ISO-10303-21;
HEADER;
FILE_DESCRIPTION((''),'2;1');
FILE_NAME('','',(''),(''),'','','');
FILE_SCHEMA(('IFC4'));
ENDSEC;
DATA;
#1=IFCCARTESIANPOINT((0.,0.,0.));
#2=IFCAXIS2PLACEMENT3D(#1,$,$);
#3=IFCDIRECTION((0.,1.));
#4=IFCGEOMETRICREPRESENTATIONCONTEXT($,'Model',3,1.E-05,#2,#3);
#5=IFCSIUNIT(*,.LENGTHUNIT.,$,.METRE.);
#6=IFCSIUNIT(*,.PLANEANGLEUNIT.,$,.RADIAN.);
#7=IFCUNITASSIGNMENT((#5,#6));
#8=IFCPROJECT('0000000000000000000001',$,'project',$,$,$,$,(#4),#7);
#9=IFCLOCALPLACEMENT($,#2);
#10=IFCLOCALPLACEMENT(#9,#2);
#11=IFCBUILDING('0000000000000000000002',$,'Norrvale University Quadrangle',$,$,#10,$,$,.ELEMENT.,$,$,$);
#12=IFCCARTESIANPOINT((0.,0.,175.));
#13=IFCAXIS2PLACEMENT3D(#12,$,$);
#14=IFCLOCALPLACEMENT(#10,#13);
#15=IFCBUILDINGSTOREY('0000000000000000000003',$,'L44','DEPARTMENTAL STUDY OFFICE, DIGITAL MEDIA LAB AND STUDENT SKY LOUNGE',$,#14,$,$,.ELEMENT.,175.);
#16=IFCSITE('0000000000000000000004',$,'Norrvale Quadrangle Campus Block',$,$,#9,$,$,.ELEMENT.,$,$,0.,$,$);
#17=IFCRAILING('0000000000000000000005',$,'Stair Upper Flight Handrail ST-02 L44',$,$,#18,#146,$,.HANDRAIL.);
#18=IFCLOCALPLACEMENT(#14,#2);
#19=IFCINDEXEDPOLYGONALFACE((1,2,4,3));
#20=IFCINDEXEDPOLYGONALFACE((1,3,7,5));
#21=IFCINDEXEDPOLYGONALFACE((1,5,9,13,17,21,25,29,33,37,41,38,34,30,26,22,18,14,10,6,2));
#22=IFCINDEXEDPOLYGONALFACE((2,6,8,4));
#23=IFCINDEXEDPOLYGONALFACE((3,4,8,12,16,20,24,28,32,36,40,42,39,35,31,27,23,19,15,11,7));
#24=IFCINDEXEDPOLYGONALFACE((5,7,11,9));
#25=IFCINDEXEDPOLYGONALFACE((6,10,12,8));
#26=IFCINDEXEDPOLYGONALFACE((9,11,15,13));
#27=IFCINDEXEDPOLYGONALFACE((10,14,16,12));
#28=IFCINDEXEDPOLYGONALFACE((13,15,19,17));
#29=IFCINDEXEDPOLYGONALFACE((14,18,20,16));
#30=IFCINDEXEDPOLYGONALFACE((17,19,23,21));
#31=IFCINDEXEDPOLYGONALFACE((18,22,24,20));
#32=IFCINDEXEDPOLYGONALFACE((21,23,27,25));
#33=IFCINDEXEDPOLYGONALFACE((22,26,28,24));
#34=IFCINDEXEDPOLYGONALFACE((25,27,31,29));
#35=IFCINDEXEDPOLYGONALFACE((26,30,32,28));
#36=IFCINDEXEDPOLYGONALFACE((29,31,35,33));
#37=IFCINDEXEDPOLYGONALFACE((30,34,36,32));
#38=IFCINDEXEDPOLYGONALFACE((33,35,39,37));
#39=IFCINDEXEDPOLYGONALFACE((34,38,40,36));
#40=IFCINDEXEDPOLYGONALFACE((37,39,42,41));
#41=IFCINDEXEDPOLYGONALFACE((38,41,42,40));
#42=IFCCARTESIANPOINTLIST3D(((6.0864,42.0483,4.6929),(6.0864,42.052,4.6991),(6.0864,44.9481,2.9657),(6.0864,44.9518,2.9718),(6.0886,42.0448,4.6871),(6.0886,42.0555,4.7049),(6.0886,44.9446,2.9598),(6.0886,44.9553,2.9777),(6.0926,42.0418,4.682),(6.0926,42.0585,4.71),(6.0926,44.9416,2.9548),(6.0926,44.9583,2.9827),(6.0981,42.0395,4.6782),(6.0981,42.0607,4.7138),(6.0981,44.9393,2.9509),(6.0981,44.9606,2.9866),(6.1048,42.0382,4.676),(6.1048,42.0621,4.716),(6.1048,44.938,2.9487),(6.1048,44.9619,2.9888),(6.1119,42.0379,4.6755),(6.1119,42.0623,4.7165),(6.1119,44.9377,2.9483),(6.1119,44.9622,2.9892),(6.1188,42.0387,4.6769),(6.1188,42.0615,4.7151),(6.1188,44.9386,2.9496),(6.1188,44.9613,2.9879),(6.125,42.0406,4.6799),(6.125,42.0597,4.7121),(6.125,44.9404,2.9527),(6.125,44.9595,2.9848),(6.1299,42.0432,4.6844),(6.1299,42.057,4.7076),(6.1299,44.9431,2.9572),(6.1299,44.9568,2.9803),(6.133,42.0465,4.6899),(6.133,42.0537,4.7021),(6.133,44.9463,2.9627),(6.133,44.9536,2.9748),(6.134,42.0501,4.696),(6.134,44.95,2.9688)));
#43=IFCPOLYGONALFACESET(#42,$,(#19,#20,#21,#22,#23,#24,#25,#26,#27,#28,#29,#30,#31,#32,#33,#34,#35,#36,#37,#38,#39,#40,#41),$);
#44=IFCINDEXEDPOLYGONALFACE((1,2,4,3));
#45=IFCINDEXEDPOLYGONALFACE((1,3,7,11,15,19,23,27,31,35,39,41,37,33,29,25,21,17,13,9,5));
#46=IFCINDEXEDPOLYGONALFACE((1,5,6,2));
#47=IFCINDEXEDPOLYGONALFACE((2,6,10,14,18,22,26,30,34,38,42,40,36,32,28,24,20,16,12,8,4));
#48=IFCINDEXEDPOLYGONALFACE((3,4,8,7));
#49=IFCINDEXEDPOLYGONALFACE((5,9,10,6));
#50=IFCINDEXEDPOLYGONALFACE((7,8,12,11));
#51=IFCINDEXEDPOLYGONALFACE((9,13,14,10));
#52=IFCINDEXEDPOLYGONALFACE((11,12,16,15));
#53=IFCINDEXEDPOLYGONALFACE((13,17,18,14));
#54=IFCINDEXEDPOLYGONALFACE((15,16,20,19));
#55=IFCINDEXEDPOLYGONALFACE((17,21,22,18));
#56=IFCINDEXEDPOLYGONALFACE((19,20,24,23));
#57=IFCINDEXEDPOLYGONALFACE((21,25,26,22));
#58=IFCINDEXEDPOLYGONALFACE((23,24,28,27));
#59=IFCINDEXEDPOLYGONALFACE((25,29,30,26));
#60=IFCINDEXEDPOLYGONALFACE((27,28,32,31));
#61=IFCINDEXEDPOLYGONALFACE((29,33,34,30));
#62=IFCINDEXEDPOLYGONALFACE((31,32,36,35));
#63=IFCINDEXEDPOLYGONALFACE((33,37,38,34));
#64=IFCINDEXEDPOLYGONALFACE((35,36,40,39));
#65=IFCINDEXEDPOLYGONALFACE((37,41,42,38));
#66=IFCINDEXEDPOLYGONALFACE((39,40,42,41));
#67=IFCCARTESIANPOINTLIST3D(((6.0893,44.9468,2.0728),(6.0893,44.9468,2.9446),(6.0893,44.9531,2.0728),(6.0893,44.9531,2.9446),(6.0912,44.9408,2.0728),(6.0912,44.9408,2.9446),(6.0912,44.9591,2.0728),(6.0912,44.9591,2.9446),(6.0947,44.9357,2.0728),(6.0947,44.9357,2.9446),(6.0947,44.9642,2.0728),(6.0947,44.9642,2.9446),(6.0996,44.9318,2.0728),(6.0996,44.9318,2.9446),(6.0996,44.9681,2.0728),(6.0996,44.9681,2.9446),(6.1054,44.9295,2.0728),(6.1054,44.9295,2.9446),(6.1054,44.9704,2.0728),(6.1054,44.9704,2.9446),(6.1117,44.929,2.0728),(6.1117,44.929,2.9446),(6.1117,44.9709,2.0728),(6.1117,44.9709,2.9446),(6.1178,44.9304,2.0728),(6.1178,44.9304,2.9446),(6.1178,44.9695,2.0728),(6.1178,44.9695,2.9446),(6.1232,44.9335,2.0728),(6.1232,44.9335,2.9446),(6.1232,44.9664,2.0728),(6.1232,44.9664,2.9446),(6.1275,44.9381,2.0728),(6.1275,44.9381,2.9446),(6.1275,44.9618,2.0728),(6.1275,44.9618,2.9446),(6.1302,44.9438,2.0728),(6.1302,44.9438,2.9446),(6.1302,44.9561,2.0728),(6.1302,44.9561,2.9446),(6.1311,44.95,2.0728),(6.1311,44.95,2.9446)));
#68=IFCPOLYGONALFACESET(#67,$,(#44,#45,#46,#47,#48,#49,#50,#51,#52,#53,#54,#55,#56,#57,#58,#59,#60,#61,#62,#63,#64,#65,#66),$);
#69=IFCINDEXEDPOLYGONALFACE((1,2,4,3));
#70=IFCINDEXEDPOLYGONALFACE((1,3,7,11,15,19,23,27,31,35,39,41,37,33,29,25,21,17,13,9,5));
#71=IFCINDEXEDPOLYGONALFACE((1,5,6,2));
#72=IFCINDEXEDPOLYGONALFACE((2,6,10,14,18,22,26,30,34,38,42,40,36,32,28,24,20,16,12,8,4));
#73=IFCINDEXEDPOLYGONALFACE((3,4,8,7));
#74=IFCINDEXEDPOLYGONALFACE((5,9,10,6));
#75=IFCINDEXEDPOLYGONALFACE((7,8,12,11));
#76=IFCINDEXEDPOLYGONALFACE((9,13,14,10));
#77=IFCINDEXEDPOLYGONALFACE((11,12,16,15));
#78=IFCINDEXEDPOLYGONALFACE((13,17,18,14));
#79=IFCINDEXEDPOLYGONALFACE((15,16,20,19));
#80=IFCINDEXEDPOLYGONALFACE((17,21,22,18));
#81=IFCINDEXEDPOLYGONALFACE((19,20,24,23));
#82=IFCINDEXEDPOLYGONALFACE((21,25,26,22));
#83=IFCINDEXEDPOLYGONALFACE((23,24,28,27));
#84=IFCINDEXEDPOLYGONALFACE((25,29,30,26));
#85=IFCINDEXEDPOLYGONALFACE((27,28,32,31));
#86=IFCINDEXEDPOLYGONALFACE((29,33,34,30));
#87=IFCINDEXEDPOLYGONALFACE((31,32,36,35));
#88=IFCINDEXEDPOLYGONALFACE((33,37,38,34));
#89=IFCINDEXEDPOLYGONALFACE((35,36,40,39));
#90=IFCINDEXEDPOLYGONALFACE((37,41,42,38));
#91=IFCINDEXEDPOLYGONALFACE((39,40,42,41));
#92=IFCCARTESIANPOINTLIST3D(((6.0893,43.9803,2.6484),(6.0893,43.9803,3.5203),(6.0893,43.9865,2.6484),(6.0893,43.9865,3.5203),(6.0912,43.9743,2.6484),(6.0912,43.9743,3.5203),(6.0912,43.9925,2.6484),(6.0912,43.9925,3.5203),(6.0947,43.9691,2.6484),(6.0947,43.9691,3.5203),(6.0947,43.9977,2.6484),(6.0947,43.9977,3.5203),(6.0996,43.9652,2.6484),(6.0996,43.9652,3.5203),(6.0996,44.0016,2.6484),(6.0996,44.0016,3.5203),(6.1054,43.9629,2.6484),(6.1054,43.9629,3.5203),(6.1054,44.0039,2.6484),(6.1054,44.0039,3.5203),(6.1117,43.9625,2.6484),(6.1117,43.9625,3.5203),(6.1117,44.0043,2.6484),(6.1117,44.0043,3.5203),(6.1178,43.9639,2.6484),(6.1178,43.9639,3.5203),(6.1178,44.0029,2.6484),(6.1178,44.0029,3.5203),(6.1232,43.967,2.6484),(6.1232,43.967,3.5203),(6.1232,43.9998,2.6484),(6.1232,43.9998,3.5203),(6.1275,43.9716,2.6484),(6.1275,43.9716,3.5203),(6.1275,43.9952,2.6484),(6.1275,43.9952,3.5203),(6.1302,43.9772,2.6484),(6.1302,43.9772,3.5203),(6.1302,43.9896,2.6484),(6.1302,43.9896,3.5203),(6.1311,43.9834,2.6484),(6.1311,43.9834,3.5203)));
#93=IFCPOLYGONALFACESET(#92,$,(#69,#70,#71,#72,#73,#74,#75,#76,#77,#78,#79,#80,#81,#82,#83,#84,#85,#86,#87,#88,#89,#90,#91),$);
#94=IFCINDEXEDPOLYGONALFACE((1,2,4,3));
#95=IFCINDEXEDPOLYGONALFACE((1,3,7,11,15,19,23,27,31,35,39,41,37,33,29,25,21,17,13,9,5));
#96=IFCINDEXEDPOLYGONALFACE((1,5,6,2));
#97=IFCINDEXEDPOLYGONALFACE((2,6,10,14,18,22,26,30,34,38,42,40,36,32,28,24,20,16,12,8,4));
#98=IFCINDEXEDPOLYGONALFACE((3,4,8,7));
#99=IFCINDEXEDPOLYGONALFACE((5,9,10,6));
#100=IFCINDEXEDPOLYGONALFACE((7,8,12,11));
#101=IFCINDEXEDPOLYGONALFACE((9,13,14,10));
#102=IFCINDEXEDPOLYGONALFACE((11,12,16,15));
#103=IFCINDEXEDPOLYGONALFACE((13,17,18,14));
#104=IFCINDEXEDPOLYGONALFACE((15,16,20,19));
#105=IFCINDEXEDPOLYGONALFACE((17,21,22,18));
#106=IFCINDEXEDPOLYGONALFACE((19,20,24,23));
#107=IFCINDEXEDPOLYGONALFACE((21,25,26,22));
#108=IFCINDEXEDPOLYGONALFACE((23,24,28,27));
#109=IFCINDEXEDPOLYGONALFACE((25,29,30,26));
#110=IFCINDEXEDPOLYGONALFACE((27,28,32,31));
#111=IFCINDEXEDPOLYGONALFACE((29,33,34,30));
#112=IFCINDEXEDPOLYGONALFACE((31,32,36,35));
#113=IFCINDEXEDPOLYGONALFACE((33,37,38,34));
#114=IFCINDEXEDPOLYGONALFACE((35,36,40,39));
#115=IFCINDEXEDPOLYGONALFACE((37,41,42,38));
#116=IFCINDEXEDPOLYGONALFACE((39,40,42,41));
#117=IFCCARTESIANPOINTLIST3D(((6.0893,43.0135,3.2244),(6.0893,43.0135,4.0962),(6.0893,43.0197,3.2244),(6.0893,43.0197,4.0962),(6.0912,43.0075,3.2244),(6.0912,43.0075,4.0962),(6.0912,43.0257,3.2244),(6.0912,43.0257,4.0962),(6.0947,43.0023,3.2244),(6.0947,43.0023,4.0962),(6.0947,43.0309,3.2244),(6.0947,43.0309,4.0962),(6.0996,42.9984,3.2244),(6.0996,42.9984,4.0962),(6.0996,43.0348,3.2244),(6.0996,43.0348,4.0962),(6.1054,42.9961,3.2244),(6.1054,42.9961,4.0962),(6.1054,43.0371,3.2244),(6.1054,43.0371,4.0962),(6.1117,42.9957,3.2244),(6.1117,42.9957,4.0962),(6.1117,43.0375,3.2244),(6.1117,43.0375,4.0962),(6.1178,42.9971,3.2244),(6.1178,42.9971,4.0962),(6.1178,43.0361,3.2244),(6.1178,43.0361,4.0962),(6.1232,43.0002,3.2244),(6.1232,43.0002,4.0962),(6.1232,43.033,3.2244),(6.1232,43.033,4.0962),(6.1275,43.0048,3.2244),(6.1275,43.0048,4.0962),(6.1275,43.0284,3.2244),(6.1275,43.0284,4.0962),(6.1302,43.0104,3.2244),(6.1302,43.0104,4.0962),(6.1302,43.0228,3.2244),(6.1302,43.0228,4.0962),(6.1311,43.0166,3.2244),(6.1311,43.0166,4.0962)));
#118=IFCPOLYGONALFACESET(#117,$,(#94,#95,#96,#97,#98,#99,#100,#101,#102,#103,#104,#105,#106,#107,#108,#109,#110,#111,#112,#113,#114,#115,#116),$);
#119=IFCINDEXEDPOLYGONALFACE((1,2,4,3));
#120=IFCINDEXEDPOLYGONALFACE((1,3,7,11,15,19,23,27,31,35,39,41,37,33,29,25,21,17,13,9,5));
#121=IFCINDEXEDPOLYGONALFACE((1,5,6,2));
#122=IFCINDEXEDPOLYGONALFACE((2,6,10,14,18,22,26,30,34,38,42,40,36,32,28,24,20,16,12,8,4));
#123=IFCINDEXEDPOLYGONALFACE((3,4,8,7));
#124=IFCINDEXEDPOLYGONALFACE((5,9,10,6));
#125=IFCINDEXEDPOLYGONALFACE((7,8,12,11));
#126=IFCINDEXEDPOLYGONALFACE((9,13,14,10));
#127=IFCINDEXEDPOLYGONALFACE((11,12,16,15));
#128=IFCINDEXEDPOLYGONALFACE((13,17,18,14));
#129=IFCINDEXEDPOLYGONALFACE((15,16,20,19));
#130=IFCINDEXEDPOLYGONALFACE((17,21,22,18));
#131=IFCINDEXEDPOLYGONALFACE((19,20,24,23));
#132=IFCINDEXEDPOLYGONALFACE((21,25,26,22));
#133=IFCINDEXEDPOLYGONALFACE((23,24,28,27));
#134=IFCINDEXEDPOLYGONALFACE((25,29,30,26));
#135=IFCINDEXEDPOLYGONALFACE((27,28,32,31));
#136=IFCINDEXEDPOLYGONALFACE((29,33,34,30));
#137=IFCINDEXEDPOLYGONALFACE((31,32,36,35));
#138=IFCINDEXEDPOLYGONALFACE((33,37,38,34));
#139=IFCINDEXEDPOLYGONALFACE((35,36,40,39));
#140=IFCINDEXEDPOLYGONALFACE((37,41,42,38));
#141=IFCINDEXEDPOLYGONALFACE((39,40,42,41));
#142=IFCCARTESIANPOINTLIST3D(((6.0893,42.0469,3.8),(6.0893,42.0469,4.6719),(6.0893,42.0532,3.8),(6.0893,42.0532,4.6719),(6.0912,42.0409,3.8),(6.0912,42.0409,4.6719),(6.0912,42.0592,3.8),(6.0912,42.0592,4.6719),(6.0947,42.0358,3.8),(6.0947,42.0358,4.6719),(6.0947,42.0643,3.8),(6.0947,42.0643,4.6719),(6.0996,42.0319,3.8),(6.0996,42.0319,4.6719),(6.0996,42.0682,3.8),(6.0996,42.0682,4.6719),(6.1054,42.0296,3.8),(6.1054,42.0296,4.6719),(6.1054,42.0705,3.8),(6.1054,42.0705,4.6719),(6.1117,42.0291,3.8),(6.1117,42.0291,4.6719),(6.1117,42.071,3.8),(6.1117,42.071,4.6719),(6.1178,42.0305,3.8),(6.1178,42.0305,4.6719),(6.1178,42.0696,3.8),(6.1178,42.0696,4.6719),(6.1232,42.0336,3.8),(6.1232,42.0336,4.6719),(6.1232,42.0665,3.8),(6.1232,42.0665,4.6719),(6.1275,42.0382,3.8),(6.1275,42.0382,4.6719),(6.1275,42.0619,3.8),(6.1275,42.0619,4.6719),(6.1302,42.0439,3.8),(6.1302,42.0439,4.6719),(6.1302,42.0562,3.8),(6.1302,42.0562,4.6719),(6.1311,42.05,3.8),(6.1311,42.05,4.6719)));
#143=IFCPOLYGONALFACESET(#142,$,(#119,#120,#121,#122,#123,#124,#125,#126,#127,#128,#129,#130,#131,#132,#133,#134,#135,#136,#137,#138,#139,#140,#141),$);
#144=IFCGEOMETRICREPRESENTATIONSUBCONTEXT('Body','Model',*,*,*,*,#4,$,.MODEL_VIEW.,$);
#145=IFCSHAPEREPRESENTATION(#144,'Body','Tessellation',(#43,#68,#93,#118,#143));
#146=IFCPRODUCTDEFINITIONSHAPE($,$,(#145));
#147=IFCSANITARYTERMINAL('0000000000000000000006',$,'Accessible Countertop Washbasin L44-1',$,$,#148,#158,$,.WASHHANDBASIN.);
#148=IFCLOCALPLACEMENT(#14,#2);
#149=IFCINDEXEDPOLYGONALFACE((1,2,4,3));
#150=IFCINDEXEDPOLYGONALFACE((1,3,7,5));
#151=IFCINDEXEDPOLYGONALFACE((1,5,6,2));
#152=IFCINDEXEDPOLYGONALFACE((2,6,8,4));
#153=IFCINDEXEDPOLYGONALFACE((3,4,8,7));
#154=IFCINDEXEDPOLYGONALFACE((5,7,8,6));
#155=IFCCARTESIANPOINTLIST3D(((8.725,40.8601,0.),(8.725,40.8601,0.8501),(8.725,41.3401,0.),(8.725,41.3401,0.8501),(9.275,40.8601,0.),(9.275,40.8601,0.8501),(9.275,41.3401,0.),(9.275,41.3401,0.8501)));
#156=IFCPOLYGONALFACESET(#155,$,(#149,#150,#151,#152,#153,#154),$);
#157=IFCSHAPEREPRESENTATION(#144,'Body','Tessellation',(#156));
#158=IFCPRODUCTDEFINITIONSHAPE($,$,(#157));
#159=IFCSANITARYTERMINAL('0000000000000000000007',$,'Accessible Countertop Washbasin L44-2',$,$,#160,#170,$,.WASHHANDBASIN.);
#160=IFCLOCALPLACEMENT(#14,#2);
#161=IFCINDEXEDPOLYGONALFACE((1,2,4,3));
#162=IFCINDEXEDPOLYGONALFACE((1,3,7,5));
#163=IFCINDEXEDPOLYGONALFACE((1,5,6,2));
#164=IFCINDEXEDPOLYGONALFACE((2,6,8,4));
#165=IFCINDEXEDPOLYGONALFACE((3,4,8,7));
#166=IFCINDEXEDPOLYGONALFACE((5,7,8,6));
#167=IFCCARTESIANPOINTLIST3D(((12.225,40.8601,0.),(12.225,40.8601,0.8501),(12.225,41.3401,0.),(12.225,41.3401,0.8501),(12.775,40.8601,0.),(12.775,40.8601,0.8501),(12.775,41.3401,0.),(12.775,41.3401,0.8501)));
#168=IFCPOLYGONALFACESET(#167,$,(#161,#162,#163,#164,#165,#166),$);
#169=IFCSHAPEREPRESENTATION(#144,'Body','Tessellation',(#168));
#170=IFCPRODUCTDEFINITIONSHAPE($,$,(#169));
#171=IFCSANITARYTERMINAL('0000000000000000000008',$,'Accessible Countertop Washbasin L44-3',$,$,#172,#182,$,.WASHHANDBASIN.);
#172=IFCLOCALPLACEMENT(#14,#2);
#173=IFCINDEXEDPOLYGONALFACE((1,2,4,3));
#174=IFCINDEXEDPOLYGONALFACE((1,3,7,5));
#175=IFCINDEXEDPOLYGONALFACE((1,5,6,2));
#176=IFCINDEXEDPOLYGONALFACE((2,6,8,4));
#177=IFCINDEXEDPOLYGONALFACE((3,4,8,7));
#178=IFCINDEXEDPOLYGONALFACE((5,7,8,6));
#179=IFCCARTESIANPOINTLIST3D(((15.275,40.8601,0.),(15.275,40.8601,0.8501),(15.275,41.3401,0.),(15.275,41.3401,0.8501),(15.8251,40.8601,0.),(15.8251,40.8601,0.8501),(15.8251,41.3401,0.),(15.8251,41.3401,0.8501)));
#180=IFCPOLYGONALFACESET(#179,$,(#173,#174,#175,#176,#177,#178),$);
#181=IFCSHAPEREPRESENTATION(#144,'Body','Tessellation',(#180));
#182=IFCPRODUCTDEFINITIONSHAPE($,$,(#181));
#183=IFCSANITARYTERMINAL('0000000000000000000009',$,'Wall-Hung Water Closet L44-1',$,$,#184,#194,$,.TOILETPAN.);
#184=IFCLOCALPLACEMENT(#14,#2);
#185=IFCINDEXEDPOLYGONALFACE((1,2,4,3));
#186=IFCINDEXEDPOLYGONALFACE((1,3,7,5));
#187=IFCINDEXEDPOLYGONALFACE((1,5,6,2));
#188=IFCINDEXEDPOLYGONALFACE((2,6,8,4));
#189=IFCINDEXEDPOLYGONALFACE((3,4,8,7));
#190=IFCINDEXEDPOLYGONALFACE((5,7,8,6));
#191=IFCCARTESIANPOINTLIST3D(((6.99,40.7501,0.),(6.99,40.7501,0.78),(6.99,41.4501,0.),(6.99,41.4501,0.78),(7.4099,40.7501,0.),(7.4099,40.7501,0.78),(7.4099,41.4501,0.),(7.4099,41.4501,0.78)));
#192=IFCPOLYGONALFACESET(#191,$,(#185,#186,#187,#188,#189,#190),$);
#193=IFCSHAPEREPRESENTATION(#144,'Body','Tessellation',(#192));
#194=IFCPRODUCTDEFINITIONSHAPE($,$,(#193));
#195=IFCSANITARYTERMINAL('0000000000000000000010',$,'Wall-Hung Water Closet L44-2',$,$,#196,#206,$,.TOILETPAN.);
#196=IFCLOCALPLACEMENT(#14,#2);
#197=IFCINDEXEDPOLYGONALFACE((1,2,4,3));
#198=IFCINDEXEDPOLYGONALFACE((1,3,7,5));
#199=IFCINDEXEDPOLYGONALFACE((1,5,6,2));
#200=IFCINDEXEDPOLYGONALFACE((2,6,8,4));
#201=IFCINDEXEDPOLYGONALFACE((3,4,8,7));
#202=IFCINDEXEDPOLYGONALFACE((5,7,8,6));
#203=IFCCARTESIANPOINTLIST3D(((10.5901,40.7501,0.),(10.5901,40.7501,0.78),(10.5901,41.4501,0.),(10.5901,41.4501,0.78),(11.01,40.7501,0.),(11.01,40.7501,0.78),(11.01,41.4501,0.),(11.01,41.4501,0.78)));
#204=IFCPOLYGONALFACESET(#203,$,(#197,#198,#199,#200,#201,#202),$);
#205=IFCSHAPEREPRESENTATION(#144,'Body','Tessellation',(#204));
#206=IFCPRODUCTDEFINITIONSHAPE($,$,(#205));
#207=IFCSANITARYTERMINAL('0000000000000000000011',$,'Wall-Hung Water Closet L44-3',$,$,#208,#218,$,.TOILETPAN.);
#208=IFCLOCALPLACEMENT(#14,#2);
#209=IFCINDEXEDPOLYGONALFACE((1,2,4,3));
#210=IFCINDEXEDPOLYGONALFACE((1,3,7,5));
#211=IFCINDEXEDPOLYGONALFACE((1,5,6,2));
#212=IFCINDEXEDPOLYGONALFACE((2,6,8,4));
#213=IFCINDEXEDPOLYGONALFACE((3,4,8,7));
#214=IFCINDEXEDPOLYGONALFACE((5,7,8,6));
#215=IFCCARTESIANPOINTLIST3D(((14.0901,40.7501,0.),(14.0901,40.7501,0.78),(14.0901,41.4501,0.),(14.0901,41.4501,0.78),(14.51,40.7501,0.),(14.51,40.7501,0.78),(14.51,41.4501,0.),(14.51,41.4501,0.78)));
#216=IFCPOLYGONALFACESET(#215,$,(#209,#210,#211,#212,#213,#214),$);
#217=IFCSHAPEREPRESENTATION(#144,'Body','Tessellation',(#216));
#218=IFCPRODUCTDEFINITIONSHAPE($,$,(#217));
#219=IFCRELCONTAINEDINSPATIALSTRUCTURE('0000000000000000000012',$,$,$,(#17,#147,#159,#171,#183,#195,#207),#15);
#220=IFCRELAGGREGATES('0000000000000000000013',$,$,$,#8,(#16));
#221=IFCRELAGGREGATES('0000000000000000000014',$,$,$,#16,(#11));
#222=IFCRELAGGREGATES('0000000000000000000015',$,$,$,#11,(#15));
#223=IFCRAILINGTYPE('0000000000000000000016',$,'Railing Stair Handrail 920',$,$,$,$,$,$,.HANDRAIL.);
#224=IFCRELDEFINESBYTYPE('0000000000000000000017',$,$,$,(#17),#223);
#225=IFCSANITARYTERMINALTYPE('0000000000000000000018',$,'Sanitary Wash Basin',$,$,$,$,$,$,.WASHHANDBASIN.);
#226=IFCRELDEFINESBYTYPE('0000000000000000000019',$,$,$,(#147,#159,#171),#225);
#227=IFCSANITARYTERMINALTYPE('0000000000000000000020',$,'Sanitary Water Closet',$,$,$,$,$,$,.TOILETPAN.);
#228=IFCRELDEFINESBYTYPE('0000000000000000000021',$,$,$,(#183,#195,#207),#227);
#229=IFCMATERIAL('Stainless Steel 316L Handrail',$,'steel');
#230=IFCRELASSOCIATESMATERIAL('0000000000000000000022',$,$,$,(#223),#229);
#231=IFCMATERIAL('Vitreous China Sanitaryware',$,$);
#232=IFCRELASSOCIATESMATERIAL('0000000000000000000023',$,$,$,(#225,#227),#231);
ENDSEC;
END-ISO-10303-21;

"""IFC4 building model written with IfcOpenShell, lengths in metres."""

from ifc_helpers import new_model, si_unit, direction, frame, origin, origin_2d, place, context, subcontext, project, spatial, rectangle, circle, extrude, material, type_object, element, save


model = new_model("IFC4")

# Units and contexts
model_context = context("Model", 3, precision=1e-05, world=origin(), true_north=direction((0.0, 1.0)))
body_context = subcontext(model_context, "Body", "Model", "MODEL_VIEW")
ifc_project = project(units=[si_unit("LENGTHUNIT", "METRE"), si_unit("PLANEANGLEUNIT", "RADIAN")], contexts=[model_context])

# Site, building, storey
site_placement = place(None, origin())
site = spatial("IfcSite", under=ifc_project, at=site_placement, Name="Norrvale Quadrangle Campus Block", CompositionType="ELEMENT", RefElevation=0.0)
building_placement = place(site_placement, origin())
building = spatial("IfcBuilding", under=site, at=building_placement, Name="Norrvale University Quadrangle", CompositionType="ELEMENT")
storey_placement = place(building_placement, frame((0.0, 0.0, 175.0)))
storey = spatial("IfcBuildingStorey", under=building, at=storey_placement, Name="L44", Description="DEPARTMENTAL STUDY OFFICE, DIGITAL MEDIA LAB AND STUDENT SKY LOUNGE", CompositionType="ELEMENT", Elevation=175.0)

# Railing
ifc_material_1 = material(Name="Stainless Steel 316L Handrail", Category="steel")
railing_type_1 = type_object("IfcRailingType", Name="Railing Stair Handrail 920", PredefinedType="HANDRAIL", material=ifc_material_1)
railing_1_placement = place(storey_placement, frame((6.1101, 44.95, 2.0728)))
element("IfcRailing", 1, at=railing_1_placement, inside=storey, type_object=railing_type_1, Name="Stair Upper Flight Handrail ST-02 L44", PredefinedType="HANDRAIL", context=body_context, shape_type="SweptSolid", body=[
    extrude(circle(Radius=0.0239, at=origin_2d()), frame((0.0, 0.0, 0.896), z_axis=(0.0, -0.859141, 0.511738), x_axis=(1.0, 0.0, 0.0)), (0.0, 0.0, 1.0), 3.3752),
    extrude(circle(Radius=0.021, at=origin_2d()), origin(), (0.0, 0.0, 1.0), 0.8718),
    extrude(circle(Radius=0.021, at=origin_2d()), frame((0.0, -0.9666, 0.5757)), (0.0, 0.0, 1.0), 0.8718),
    extrude(circle(Radius=0.021, at=origin_2d()), frame((0.0, -1.9333, 1.1516)), (0.0, 0.0, 1.0), 0.8718),
    extrude(circle(Radius=0.021, at=origin_2d()), frame((0.0, -2.8999, 1.7273)), (0.0, 0.0, 1.0), 0.8718),
])

# Sanitary terminals
ifc_material_2 = material(Name="Vitreous China Sanitaryware")
sanitary_terminal_type_1 = type_object("IfcSanitaryTerminalType", Name="Sanitary Wash Basin", PredefinedType="WASHHANDBASIN", material=ifc_material_2)
for number, where, z_axis, x_axis, name in (
    (2, (9.0, 41.1001, 0.0), (0.0, 0.0, 1.0), (1.0, 0.0, 0.0), "Accessible Countertop Washbasin L44-1"),
    (3, (12.5, 41.1001, 0.0), (0.0, 0.0, 1.0), (1.0, 0.0, 0.0), "Accessible Countertop Washbasin L44-2"),
    (4, (15.55, 41.1001, 0.0), (0.0, 0.0, 1.0), (1.0, 0.0, 0.0), "Accessible Countertop Washbasin L44-3"),
):
    element("IfcSanitaryTerminal", number, at=place(storey_placement, frame(where, z_axis=z_axis, x_axis=x_axis)), inside=storey, type_object=sanitary_terminal_type_1, Name=name, PredefinedType="WASHHANDBASIN", context=body_context, shape_type="SweptSolid", body=[
        extrude(rectangle(XDim=0.55, YDim=0.48, at=origin_2d()), origin(), (0.0, 0.0, 1.0), 0.8501),
    ])
sanitary_terminal_type_2 = type_object("IfcSanitaryTerminalType", Name="Sanitary Water Closet", PredefinedType="TOILETPAN", material=ifc_material_2)
for number, where, z_axis, x_axis, name in (
    (5, (7.2, 41.1001, 0.0), (0.0, 0.0, 1.0), (1.0, 0.0, 0.0), "Wall-Hung Water Closet L44-1"),
    (6, (10.8, 41.1001, 0.0), (0.0, 0.0, 1.0), (1.0, 0.0, 0.0), "Wall-Hung Water Closet L44-2"),
    (7, (14.3, 41.1001, 0.0), (0.0, 0.0, 1.0), (1.0, 0.0, 0.0), "Wall-Hung Water Closet L44-3"),
):
    element("IfcSanitaryTerminal", number, at=place(storey_placement, frame(where, z_axis=z_axis, x_axis=x_axis)), inside=storey, type_object=sanitary_terminal_type_2, Name=name, PredefinedType="TOILETPAN", context=body_context, shape_type="SweptSolid", body=[
        extrude(rectangle(XDim=0.4199, YDim=0.7, at=origin_2d()), origin(), (0.0, 0.0, 1.0), 0.78),
    ])

save(model, "model.ifc")
